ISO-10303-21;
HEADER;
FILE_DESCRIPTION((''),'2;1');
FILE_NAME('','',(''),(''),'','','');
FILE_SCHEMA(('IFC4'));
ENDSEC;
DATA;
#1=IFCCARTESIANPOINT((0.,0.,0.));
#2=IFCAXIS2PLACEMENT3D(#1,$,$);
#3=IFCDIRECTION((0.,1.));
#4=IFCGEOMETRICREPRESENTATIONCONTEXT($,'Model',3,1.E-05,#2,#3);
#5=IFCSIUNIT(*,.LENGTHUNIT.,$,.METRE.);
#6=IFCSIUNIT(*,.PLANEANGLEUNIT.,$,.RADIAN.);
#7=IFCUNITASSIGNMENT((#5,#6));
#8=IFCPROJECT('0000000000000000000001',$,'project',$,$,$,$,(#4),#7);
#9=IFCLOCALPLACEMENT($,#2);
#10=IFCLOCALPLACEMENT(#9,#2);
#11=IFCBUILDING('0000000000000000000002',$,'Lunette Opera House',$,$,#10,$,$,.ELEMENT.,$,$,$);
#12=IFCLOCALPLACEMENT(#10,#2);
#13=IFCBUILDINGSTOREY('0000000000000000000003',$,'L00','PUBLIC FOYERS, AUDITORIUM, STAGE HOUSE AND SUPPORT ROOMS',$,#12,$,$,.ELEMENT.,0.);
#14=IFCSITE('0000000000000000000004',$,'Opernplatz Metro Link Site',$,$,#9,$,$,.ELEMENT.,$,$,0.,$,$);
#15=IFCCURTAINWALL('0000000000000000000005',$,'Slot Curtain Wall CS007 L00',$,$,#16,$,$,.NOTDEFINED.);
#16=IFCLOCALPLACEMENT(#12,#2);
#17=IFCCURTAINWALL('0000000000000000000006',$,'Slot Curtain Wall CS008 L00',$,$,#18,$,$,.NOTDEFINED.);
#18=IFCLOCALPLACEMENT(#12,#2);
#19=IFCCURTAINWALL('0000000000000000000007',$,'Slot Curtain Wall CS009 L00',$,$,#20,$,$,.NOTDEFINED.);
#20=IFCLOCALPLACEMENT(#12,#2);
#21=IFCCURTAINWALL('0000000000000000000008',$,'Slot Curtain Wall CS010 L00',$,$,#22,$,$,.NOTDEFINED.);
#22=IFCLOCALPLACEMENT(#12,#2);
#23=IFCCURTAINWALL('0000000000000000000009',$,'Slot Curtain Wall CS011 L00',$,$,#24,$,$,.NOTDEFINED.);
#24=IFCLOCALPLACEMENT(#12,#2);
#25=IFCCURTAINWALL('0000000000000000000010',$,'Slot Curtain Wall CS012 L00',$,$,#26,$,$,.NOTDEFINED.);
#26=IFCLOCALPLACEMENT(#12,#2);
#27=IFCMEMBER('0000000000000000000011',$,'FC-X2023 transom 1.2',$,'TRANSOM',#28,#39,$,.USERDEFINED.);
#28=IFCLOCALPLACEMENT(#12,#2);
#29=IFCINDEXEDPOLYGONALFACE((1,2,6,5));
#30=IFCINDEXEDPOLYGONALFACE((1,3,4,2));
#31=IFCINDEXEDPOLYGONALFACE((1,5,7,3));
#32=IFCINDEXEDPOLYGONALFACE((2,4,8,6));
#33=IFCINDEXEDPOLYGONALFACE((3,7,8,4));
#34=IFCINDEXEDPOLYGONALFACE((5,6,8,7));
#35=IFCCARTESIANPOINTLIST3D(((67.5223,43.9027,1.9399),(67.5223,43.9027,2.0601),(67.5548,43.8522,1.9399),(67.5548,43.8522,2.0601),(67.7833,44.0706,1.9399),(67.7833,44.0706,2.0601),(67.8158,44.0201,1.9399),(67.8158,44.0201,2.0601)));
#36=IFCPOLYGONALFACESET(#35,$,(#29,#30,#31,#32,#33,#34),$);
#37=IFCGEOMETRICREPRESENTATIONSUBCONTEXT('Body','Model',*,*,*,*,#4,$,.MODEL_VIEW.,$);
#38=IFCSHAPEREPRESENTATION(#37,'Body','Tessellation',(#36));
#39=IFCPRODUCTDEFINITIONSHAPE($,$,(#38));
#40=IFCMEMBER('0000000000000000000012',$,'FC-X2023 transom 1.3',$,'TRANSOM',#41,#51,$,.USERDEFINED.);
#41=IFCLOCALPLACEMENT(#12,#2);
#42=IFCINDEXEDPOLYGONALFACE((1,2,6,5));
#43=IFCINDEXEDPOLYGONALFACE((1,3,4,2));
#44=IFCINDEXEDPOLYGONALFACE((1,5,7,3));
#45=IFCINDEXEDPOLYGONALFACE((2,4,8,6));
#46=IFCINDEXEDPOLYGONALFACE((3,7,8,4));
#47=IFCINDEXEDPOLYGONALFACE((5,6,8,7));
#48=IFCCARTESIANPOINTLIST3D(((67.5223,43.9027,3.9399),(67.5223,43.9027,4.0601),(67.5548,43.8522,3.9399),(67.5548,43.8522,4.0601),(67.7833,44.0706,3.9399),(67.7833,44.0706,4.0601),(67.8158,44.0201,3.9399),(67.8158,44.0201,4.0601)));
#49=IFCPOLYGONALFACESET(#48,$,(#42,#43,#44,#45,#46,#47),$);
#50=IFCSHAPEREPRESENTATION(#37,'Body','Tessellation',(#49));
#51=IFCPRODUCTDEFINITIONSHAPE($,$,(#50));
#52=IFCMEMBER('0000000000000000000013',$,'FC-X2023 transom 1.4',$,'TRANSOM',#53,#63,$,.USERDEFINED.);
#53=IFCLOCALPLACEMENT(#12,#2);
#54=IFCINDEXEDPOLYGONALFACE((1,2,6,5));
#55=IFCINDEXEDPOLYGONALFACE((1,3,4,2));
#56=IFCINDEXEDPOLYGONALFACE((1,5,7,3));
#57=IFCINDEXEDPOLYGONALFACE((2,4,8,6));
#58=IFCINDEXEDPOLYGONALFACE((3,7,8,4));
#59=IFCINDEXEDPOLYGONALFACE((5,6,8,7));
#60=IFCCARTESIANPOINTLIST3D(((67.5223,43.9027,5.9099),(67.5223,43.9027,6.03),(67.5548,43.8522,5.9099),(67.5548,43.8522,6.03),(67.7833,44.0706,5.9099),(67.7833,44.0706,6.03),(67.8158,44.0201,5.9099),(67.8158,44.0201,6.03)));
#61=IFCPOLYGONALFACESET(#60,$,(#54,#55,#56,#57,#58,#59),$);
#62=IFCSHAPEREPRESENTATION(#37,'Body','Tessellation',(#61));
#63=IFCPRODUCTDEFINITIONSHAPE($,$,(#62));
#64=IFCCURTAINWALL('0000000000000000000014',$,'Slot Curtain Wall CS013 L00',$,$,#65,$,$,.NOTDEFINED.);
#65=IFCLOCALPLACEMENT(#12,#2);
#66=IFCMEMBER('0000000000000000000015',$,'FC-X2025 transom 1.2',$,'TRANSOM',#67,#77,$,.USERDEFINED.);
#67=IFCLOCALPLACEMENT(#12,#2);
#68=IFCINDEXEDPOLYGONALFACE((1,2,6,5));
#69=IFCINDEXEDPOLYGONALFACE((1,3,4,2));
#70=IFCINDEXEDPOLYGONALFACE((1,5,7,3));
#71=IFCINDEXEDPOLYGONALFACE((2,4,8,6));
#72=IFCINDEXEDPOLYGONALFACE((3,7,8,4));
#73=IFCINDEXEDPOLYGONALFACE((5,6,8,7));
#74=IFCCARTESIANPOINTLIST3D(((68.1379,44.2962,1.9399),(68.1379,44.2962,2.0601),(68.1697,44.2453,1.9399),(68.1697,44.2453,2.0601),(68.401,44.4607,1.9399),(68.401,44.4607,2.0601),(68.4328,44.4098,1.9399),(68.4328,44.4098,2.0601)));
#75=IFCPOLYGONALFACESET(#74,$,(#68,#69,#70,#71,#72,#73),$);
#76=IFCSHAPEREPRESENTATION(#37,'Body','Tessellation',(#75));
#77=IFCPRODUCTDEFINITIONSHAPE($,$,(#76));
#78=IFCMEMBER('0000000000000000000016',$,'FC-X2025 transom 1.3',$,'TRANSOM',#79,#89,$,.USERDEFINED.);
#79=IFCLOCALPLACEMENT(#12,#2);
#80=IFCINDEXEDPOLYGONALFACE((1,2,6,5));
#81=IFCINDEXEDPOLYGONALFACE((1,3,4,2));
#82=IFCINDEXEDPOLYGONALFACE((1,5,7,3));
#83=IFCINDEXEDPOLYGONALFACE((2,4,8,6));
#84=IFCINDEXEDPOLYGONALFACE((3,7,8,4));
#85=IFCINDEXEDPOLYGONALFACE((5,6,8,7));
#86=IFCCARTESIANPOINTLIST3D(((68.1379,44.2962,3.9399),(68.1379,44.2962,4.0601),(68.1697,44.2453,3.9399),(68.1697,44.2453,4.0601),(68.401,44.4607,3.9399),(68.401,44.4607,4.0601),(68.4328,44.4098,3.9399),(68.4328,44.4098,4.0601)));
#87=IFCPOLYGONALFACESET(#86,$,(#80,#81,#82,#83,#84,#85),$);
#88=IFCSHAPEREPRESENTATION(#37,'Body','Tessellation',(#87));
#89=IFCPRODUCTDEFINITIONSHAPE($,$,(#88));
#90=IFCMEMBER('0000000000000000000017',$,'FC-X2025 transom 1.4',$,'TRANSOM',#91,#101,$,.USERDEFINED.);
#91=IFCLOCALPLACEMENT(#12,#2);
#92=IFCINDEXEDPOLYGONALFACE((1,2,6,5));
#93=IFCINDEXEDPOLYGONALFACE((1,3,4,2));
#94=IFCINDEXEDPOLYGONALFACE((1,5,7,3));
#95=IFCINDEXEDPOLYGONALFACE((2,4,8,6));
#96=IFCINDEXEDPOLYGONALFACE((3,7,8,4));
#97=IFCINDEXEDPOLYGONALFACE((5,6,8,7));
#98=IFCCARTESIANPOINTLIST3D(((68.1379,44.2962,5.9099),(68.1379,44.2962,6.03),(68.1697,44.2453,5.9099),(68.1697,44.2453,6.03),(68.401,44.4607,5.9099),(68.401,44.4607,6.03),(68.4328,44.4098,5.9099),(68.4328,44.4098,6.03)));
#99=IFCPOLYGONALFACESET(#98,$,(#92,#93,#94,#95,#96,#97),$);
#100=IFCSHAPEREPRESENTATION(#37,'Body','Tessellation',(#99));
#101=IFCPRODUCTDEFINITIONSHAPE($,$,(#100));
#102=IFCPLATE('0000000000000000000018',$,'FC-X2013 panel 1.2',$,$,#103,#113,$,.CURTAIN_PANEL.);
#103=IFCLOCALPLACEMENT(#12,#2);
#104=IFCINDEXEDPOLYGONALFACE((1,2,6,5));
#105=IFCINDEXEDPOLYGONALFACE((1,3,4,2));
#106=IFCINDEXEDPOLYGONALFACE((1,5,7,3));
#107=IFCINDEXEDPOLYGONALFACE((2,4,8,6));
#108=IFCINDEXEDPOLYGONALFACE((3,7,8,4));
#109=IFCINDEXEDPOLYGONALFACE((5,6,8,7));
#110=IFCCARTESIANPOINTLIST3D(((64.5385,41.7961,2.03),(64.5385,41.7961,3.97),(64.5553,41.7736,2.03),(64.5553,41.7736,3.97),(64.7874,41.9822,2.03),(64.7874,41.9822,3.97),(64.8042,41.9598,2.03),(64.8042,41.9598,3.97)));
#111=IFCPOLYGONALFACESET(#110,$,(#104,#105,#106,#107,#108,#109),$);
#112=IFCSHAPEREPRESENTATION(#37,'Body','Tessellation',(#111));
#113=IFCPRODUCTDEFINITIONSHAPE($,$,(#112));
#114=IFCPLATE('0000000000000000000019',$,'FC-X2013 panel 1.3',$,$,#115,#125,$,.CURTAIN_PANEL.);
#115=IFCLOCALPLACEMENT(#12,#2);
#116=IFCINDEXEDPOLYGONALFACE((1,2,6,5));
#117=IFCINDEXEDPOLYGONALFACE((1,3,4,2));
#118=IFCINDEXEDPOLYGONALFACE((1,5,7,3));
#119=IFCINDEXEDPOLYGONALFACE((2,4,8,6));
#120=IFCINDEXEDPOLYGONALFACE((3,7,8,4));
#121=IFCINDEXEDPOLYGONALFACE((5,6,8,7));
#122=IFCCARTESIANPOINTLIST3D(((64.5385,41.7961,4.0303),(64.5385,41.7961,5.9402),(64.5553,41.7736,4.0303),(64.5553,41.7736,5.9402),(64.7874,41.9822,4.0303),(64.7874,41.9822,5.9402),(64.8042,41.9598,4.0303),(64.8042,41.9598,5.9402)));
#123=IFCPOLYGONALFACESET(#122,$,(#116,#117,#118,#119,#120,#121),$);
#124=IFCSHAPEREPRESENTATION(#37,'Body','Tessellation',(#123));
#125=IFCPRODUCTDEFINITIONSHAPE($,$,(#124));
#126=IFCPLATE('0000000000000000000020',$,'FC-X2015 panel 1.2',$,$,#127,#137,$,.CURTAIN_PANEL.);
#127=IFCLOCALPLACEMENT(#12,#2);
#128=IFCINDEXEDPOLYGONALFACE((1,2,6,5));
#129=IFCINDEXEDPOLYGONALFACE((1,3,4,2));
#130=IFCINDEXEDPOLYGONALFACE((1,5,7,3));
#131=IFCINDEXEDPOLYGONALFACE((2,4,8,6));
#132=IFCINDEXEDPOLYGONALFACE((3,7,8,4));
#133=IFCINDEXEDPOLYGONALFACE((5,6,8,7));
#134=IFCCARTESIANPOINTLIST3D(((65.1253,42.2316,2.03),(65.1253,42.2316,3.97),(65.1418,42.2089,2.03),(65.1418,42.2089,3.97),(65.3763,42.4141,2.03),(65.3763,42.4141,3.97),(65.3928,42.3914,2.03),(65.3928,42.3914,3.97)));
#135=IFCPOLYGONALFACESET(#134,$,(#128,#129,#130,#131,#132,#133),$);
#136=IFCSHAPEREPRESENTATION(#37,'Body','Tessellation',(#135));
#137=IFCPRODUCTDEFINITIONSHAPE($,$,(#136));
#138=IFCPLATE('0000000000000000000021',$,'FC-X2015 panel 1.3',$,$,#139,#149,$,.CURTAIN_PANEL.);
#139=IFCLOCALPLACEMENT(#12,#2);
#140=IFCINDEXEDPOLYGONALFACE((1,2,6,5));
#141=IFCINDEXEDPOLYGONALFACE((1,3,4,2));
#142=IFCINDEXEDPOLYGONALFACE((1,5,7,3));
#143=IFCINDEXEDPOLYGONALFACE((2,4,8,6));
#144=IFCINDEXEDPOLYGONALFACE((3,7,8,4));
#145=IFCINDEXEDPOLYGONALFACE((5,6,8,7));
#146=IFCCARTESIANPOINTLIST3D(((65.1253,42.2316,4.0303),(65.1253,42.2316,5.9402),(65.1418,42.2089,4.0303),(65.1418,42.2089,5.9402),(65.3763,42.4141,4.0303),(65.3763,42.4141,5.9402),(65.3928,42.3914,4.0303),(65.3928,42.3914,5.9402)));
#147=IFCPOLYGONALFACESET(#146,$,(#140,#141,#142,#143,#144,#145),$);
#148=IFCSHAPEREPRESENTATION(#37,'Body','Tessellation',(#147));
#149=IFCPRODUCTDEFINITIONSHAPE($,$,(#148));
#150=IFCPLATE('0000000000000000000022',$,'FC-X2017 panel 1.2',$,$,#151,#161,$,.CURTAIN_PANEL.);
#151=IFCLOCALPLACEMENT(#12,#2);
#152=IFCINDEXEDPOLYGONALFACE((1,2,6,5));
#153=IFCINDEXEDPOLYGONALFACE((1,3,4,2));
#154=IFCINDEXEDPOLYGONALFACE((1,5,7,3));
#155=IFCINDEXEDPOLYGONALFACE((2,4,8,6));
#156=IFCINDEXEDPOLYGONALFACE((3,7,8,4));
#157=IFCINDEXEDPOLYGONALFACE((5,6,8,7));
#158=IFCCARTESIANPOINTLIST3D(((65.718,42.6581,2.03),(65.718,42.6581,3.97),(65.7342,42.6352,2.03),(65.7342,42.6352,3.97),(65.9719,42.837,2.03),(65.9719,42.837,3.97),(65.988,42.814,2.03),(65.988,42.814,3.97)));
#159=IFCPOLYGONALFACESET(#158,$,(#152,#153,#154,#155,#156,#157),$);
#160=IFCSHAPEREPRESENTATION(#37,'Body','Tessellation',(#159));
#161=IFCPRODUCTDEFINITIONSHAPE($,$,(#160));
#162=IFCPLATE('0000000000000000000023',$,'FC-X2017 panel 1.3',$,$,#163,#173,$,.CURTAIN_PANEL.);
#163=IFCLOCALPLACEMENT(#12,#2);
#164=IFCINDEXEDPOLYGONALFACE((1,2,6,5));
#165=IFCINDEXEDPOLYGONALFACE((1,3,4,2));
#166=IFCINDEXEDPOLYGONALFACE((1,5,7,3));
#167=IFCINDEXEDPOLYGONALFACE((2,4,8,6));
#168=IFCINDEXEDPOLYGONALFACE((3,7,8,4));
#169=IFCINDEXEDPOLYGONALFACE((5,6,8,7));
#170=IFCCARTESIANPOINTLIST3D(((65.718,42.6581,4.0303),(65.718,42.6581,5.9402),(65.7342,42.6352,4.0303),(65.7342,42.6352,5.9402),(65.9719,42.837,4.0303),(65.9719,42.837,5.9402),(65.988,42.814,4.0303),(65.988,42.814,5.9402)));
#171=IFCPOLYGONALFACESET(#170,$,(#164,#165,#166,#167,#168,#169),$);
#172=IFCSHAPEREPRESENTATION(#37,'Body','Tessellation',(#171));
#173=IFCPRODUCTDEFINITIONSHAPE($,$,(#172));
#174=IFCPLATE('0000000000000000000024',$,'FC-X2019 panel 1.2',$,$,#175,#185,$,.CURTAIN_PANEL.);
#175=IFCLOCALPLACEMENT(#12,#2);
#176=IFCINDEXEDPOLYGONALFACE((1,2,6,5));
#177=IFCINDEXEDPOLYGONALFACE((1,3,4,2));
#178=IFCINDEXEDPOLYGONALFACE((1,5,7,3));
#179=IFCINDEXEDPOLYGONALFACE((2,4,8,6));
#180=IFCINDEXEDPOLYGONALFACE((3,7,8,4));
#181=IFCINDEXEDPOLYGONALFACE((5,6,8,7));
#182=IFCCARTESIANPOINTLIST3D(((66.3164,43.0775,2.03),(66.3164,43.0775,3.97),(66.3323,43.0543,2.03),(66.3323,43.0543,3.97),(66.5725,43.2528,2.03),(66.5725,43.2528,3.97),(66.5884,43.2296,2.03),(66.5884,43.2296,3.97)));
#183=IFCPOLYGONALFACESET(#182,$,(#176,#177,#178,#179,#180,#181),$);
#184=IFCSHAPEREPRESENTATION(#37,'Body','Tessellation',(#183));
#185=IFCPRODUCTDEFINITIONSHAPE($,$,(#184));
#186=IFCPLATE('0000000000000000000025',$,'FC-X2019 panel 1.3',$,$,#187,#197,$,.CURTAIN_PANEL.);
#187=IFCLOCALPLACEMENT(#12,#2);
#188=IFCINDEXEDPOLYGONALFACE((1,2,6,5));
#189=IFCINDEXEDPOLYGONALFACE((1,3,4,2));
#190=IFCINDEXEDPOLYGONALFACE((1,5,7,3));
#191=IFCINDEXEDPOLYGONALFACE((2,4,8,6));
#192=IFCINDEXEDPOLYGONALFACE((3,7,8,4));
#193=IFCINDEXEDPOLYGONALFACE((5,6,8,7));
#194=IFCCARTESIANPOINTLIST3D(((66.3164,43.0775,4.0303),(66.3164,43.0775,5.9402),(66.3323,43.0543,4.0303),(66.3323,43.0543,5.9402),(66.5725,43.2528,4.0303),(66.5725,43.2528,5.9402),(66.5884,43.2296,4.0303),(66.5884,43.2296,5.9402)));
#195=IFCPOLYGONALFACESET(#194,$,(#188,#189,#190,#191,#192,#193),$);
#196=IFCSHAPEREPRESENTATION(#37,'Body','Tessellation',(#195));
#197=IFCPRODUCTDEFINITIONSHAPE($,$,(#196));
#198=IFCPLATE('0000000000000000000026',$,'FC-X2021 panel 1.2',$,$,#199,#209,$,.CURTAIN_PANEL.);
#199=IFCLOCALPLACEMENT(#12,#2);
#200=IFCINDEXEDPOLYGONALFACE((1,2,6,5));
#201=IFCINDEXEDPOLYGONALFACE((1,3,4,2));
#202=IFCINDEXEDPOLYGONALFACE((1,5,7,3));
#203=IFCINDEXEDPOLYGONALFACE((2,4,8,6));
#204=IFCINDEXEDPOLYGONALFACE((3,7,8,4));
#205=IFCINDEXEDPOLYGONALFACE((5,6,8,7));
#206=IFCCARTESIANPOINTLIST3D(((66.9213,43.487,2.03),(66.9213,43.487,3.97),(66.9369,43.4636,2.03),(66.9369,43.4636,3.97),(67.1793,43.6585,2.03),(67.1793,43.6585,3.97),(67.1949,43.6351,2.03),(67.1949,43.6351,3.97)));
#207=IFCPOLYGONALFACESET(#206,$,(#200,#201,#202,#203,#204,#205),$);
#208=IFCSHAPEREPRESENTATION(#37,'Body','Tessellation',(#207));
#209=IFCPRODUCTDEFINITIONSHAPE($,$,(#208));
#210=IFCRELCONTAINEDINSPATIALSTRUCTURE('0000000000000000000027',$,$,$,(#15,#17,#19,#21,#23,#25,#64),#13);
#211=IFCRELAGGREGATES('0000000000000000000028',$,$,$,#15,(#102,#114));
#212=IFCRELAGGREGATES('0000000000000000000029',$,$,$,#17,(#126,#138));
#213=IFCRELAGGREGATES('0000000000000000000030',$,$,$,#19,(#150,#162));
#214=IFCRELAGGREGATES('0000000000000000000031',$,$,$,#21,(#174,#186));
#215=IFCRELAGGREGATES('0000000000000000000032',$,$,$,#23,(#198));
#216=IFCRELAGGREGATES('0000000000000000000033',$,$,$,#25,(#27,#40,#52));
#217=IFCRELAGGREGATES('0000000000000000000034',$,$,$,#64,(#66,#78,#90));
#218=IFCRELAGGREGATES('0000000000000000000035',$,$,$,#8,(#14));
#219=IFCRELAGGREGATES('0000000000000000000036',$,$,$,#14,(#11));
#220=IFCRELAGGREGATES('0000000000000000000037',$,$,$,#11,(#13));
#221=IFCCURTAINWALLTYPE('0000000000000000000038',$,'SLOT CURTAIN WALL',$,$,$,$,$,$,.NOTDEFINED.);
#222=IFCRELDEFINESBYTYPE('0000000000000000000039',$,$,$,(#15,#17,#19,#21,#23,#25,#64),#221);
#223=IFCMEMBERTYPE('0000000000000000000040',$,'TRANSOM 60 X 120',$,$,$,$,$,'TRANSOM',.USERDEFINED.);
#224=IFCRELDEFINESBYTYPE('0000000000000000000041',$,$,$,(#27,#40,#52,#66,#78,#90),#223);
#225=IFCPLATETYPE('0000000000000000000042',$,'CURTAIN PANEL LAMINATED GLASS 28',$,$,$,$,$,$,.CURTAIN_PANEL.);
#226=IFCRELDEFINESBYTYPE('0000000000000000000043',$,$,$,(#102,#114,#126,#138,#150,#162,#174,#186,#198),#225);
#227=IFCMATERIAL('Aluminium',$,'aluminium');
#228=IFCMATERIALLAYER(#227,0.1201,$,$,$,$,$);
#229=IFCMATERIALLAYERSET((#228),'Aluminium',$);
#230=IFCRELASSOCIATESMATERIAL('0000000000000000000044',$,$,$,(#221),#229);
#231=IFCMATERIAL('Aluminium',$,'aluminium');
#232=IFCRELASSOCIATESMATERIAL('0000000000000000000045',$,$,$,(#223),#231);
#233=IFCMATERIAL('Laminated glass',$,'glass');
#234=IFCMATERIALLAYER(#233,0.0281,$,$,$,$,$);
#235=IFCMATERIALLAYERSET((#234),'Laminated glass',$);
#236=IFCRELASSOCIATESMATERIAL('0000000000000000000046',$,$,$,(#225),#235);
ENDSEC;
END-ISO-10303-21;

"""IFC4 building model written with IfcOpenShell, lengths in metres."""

from ifc_helpers import new_model, si_unit, direction, frame, origin, origin_2d, place, context, subcontext, project, spatial, rectangle, extrude, material, layer, layer_set, material_profile, profile_set, type_object, element, aggregate, save


model = new_model("IFC4")

# Units and contexts
model_context = context("Model", 3, precision=1e-05, world=origin(), true_north=direction((0.0, 1.0)))
body_context = subcontext(model_context, "Body", "Model", "MODEL_VIEW")
ifc_project = project(units=[si_unit("LENGTHUNIT", "METRE"), si_unit("PLANEANGLEUNIT", "RADIAN")], contexts=[model_context])

# Site, building, storey
site_placement = place(None, origin())
site = spatial("IfcSite", under=ifc_project, at=site_placement, Name="Opernplatz Metro Link Site", CompositionType="ELEMENT", RefElevation=0.0)
building_placement = place(site_placement, origin())
building = spatial("IfcBuilding", under=site, at=building_placement, Name="Lunette Opera House", CompositionType="ELEMENT")
storey_placement = place(building_placement, origin())
storey = spatial("IfcBuildingStorey", under=building, at=storey_placement, Name="L00", Description="PUBLIC FOYERS, AUDITORIUM, STAGE HOUSE AND SUPPORT ROOMS", CompositionType="ELEMENT", Elevation=0.0)

# Curtain walls, members
ifc_material_1 = material(Name="Aluminium", Category="aluminium")
ifc_layer_1 = layer(ifc_material_1, 0.1201)
ifc_layer_set_1 = layer_set([ifc_layer_1], Name="Aluminium")
curtain_wall_type = type_object("IfcCurtainWallType", Name="SLOT CURTAIN WALL", PredefinedType="NOTDEFINED", material=ifc_layer_set_1)
curtain_wall_1_placement = place(storey_placement, origin())
curtain_wall_1 = element("IfcCurtainWall", 1, at=curtain_wall_1_placement, inside=storey, type_object=curtain_wall_type, Name="Slot Curtain Wall CS007 L00", PredefinedType="NOTDEFINED")
ifc_material_2 = material(Name="Aluminium", Category="aluminium")
ifc_material_profile = material_profile(ifc_material_2, rectangle(XDim=0.0601, YDim=0.1201, at=origin_2d()), Name="TRANSOM 60 X 120")
ifc_profile_set = profile_set([ifc_material_profile], Name="Aluminium")
member_type = type_object("IfcMemberType", Name="TRANSOM 60 X 120", ElementType="TRANSOM", PredefinedType="USERDEFINED", material=ifc_profile_set)
curtain_wall_2_placement = place(storey_placement, origin())
curtain_wall_2 = element("IfcCurtainWall", 2, at=curtain_wall_2_placement, inside=storey, type_object=curtain_wall_type, Name="Slot Curtain Wall CS008 L00", PredefinedType="NOTDEFINED")
curtain_wall_3_placement = place(storey_placement, origin())
curtain_wall_3 = element("IfcCurtainWall", 3, at=curtain_wall_3_placement, inside=storey, type_object=curtain_wall_type, Name="Slot Curtain Wall CS009 L00", PredefinedType="NOTDEFINED")
curtain_wall_4_placement = place(storey_placement, origin())
curtain_wall_4 = element("IfcCurtainWall", 4, at=curtain_wall_4_placement, inside=storey, type_object=curtain_wall_type, Name="Slot Curtain Wall CS010 L00", PredefinedType="NOTDEFINED")
curtain_wall_5_placement = place(storey_placement, origin())
curtain_wall_5 = element("IfcCurtainWall", 5, at=curtain_wall_5_placement, inside=storey, type_object=curtain_wall_type, Name="Slot Curtain Wall CS011 L00", PredefinedType="NOTDEFINED")
curtain_wall_6_placement = place(storey_placement, origin())
curtain_wall_6 = element("IfcCurtainWall", 6, at=curtain_wall_6_placement, inside=storey, type_object=curtain_wall_type, Name="Slot Curtain Wall CS012 L00", PredefinedType="NOTDEFINED")
member_1_placement = place(storey_placement, frame((67.5386, 43.8774, 2.0), z_axis=(0.840897, 0.541195, 0.0), x_axis=(-0.541195, 0.840897, 0.0)))
member_1 = element("IfcMember", 7, at=member_1_placement, type_object=member_type, Name="FC-X2023 transom 1.2", ObjectType="TRANSOM", PredefinedType="USERDEFINED", context=body_context, shape_type="SweptSolid", body=[
    extrude(rectangle(XDim=0.0601, YDim=0.1201, at=origin_2d()), origin(), (0.0, 0.0, 1.0), 0.3103),
])
member_2_placement = place(storey_placement, frame((67.5386, 43.8774, 4.0), z_axis=(0.840897, 0.541195, 0.0), x_axis=(-0.541195, 0.840897, 0.0)))
member_2 = element("IfcMember", 8, at=member_2_placement, type_object=member_type, Name="FC-X2023 transom 1.3", ObjectType="TRANSOM", PredefinedType="USERDEFINED", context=body_context, shape_type="SweptSolid", body=[
    extrude(rectangle(XDim=0.0601, YDim=0.1201, at=origin_2d()), origin(), (0.0, 0.0, 1.0), 0.3103),
])
member_3_placement = place(storey_placement, frame((67.5386, 43.8774, 5.97), z_axis=(0.840897, 0.541195, 0.0), x_axis=(-0.541195, 0.840897, 0.0)))
member_3 = element("IfcMember", 9, at=member_3_placement, type_object=member_type, Name="FC-X2023 transom 1.4", ObjectType="TRANSOM", PredefinedType="USERDEFINED", context=body_context, shape_type="SweptSolid", body=[
    extrude(rectangle(XDim=0.0601, YDim=0.1201, at=origin_2d()), origin(), (0.0, 0.0, 1.0), 0.3103),
])
curtain_wall_7_placement = place(storey_placement, origin())
curtain_wall_7 = element("IfcCurtainWall", 10, at=curtain_wall_7_placement, inside=storey, type_object=curtain_wall_type, Name="Slot Curtain Wall CS013 L00", PredefinedType="NOTDEFINED")
member_4_placement = place(storey_placement, frame((68.1538, 44.2708, 2.0), z_axis=(0.84791, 0.53014, 0.0), x_axis=(-0.53014, 0.84791, 0.0)))
member_4 = element("IfcMember", 11, at=member_4_placement, type_object=member_type, Name="FC-X2025 transom 1.2", ObjectType="TRANSOM", PredefinedType="USERDEFINED", context=body_context, shape_type="SweptSolid", body=[
    extrude(rectangle(XDim=0.0601, YDim=0.1201, at=origin_2d()), origin(), (0.0, 0.0, 1.0), 0.3103),
])
member_5_placement = place(storey_placement, frame((68.1538, 44.2708, 4.0), z_axis=(0.84791, 0.53014, 0.0), x_axis=(-0.53014, 0.84791, 0.0)))
member_5 = element("IfcMember", 12, at=member_5_placement, type_object=member_type, Name="FC-X2025 transom 1.3", ObjectType="TRANSOM", PredefinedType="USERDEFINED", context=body_context, shape_type="SweptSolid", body=[
    extrude(rectangle(XDim=0.0601, YDim=0.1201, at=origin_2d()), origin(), (0.0, 0.0, 1.0), 0.3103),
])
member_6_placement = place(storey_placement, frame((68.1538, 44.2708, 5.97), z_axis=(0.84791, 0.53014, 0.0), x_axis=(-0.53014, 0.84791, 0.0)))
member_6 = element("IfcMember", 13, at=member_6_placement, type_object=member_type, Name="FC-X2025 transom 1.4", ObjectType="TRANSOM", PredefinedType="USERDEFINED", context=body_context, shape_type="SweptSolid", body=[
    extrude(rectangle(XDim=0.0601, YDim=0.1201, at=origin_2d()), origin(), (0.0, 0.0, 1.0), 0.3103),
])

# Plates
ifc_material_3 = material(Name="Laminated glass", Category="glass")
ifc_layer_2 = layer(ifc_material_3, 0.0281)
ifc_layer_set_2 = layer_set([ifc_layer_2], Name="Laminated glass")
plate_type = type_object("IfcPlateType", Name="CURTAIN PANEL LAMINATED GLASS 28", PredefinedType="CURTAIN_PANEL", material=ifc_layer_set_2)
plate_1_placement = place(storey_placement, frame((64.6714, 41.8779, 2.03), z_axis=(0.0, 0.0, 1.0), x_axis=(0.800835, 0.598885, 0.0)))
plate_1 = element("IfcPlate", 14, at=plate_1_placement, type_object=plate_type, Name="FC-X2013 panel 1.2", PredefinedType="CURTAIN_PANEL", context=body_context, shape_type="SweptSolid", body=[
    extrude(rectangle(XDim=0.3108, YDim=0.0281, at=origin_2d()), origin(), (0.0, 0.0, 1.0), 1.9399),
])
plate_2_placement = place(storey_placement, frame((64.6714, 41.8779, 4.0303), z_axis=(0.0, 0.0, 1.0), x_axis=(0.800835, 0.598885, 0.0)))
plate_2 = element("IfcPlate", 15, at=plate_2_placement, type_object=plate_type, Name="FC-X2013 panel 1.3", PredefinedType="CURTAIN_PANEL", context=body_context, shape_type="SweptSolid", body=[
    extrude(rectangle(XDim=0.3108, YDim=0.0281, at=origin_2d()), origin(), (0.0, 0.0, 1.0), 1.9099),
])
aggregate(curtain_wall_1, [plate_1, plate_2])
plate_3_placement = place(storey_placement, frame((65.259, 42.3115, 2.03), z_axis=(0.0, 0.0, 1.0), x_axis=(0.808837, 0.588033, 0.0)))
plate_3 = element("IfcPlate", 16, at=plate_3_placement, type_object=plate_type, Name="FC-X2015 panel 1.2", PredefinedType="CURTAIN_PANEL", context=body_context, shape_type="SweptSolid", body=[
    extrude(rectangle(XDim=0.3103, YDim=0.0281, at=origin_2d()), origin(), (0.0, 0.0, 1.0), 1.9399),
])
plate_4_placement = place(storey_placement, frame((65.259, 42.3115, 4.0303), z_axis=(0.0, 0.0, 1.0), x_axis=(0.808837, 0.588033, 0.0)))
plate_4 = element("IfcPlate", 17, at=plate_4_placement, type_object=plate_type, Name="FC-X2015 panel 1.3", PredefinedType="CURTAIN_PANEL", context=body_context, shape_type="SweptSolid", body=[
    extrude(rectangle(XDim=0.3103, YDim=0.0281, at=origin_2d()), origin(), (0.0, 0.0, 1.0), 1.9099),
])
aggregate(curtain_wall_2, [plate_3, plate_4])
plate_5_placement = place(storey_placement, frame((65.853, 42.7361, 2.03), z_axis=(0.0, 0.0, 1.0), x_axis=(0.817482, 0.575954, 0.0)))
plate_5 = element("IfcPlate", 18, at=plate_5_placement, type_object=plate_type, Name="FC-X2017 panel 1.2", PredefinedType="CURTAIN_PANEL", context=body_context, shape_type="SweptSolid", body=[
    extrude(rectangle(XDim=0.3105, YDim=0.0281, at=origin_2d()), origin(), (0.0, 0.0, 1.0), 1.9399),
])
plate_6_placement = place(storey_placement, frame((65.853, 42.7361, 4.0303), z_axis=(0.0, 0.0, 1.0), x_axis=(0.817482, 0.575954, 0.0)))
plate_6 = element("IfcPlate", 19, at=plate_6_placement, type_object=plate_type, Name="FC-X2017 panel 1.3", PredefinedType="CURTAIN_PANEL", context=body_context, shape_type="SweptSolid", body=[
    extrude(rectangle(XDim=0.3105, YDim=0.0281, at=origin_2d()), origin(), (0.0, 0.0, 1.0), 1.9099),
])
aggregate(curtain_wall_3, [plate_5, plate_6])
plate_7_placement = place(storey_placement, frame((66.4524, 43.1536, 2.03), z_axis=(0.0, 0.0, 1.0), x_axis=(0.825193, 0.564851, 0.0)))
plate_7 = element("IfcPlate", 20, at=plate_7_placement, type_object=plate_type, Name="FC-X2019 panel 1.2", PredefinedType="CURTAIN_PANEL", context=body_context, shape_type="SweptSolid", body=[
    extrude(rectangle(XDim=0.3103, YDim=0.0281, at=origin_2d()), origin(), (0.0, 0.0, 1.0), 1.9399),
])
plate_8_placement = place(storey_placement, frame((66.4524, 43.1536, 4.0303), z_axis=(0.0, 0.0, 1.0), x_axis=(0.825193, 0.564851, 0.0)))
plate_8 = element("IfcPlate", 21, at=plate_8_placement, type_object=plate_type, Name="FC-X2019 panel 1.3", PredefinedType="CURTAIN_PANEL", context=body_context, shape_type="SweptSolid", body=[
    extrude(rectangle(XDim=0.3103, YDim=0.0281, at=origin_2d()), origin(), (0.0, 0.0, 1.0), 1.9099),
])
aggregate(curtain_wall_4, [plate_7, plate_8])
plate_9_placement = place(storey_placement, frame((67.0581, 43.561, 2.03), z_axis=(0.0, 0.0, 1.0), x_axis=(0.832765, 0.553626, 0.0)))
plate_9 = element("IfcPlate", 22, at=plate_9_placement, type_object=plate_type, Name="FC-X2021 panel 1.2", PredefinedType="CURTAIN_PANEL", context=body_context, shape_type="SweptSolid", body=[
    extrude(rectangle(XDim=0.3098, YDim=0.0281, at=origin_2d()), origin(), (0.0, 0.0, 1.0), 1.9399),
])
aggregate(curtain_wall_5, [plate_9])
aggregate(curtain_wall_6, [member_1, member_2, member_3])
aggregate(curtain_wall_7, [member_4, member_5, member_6])

save(model, "model.ifc")
